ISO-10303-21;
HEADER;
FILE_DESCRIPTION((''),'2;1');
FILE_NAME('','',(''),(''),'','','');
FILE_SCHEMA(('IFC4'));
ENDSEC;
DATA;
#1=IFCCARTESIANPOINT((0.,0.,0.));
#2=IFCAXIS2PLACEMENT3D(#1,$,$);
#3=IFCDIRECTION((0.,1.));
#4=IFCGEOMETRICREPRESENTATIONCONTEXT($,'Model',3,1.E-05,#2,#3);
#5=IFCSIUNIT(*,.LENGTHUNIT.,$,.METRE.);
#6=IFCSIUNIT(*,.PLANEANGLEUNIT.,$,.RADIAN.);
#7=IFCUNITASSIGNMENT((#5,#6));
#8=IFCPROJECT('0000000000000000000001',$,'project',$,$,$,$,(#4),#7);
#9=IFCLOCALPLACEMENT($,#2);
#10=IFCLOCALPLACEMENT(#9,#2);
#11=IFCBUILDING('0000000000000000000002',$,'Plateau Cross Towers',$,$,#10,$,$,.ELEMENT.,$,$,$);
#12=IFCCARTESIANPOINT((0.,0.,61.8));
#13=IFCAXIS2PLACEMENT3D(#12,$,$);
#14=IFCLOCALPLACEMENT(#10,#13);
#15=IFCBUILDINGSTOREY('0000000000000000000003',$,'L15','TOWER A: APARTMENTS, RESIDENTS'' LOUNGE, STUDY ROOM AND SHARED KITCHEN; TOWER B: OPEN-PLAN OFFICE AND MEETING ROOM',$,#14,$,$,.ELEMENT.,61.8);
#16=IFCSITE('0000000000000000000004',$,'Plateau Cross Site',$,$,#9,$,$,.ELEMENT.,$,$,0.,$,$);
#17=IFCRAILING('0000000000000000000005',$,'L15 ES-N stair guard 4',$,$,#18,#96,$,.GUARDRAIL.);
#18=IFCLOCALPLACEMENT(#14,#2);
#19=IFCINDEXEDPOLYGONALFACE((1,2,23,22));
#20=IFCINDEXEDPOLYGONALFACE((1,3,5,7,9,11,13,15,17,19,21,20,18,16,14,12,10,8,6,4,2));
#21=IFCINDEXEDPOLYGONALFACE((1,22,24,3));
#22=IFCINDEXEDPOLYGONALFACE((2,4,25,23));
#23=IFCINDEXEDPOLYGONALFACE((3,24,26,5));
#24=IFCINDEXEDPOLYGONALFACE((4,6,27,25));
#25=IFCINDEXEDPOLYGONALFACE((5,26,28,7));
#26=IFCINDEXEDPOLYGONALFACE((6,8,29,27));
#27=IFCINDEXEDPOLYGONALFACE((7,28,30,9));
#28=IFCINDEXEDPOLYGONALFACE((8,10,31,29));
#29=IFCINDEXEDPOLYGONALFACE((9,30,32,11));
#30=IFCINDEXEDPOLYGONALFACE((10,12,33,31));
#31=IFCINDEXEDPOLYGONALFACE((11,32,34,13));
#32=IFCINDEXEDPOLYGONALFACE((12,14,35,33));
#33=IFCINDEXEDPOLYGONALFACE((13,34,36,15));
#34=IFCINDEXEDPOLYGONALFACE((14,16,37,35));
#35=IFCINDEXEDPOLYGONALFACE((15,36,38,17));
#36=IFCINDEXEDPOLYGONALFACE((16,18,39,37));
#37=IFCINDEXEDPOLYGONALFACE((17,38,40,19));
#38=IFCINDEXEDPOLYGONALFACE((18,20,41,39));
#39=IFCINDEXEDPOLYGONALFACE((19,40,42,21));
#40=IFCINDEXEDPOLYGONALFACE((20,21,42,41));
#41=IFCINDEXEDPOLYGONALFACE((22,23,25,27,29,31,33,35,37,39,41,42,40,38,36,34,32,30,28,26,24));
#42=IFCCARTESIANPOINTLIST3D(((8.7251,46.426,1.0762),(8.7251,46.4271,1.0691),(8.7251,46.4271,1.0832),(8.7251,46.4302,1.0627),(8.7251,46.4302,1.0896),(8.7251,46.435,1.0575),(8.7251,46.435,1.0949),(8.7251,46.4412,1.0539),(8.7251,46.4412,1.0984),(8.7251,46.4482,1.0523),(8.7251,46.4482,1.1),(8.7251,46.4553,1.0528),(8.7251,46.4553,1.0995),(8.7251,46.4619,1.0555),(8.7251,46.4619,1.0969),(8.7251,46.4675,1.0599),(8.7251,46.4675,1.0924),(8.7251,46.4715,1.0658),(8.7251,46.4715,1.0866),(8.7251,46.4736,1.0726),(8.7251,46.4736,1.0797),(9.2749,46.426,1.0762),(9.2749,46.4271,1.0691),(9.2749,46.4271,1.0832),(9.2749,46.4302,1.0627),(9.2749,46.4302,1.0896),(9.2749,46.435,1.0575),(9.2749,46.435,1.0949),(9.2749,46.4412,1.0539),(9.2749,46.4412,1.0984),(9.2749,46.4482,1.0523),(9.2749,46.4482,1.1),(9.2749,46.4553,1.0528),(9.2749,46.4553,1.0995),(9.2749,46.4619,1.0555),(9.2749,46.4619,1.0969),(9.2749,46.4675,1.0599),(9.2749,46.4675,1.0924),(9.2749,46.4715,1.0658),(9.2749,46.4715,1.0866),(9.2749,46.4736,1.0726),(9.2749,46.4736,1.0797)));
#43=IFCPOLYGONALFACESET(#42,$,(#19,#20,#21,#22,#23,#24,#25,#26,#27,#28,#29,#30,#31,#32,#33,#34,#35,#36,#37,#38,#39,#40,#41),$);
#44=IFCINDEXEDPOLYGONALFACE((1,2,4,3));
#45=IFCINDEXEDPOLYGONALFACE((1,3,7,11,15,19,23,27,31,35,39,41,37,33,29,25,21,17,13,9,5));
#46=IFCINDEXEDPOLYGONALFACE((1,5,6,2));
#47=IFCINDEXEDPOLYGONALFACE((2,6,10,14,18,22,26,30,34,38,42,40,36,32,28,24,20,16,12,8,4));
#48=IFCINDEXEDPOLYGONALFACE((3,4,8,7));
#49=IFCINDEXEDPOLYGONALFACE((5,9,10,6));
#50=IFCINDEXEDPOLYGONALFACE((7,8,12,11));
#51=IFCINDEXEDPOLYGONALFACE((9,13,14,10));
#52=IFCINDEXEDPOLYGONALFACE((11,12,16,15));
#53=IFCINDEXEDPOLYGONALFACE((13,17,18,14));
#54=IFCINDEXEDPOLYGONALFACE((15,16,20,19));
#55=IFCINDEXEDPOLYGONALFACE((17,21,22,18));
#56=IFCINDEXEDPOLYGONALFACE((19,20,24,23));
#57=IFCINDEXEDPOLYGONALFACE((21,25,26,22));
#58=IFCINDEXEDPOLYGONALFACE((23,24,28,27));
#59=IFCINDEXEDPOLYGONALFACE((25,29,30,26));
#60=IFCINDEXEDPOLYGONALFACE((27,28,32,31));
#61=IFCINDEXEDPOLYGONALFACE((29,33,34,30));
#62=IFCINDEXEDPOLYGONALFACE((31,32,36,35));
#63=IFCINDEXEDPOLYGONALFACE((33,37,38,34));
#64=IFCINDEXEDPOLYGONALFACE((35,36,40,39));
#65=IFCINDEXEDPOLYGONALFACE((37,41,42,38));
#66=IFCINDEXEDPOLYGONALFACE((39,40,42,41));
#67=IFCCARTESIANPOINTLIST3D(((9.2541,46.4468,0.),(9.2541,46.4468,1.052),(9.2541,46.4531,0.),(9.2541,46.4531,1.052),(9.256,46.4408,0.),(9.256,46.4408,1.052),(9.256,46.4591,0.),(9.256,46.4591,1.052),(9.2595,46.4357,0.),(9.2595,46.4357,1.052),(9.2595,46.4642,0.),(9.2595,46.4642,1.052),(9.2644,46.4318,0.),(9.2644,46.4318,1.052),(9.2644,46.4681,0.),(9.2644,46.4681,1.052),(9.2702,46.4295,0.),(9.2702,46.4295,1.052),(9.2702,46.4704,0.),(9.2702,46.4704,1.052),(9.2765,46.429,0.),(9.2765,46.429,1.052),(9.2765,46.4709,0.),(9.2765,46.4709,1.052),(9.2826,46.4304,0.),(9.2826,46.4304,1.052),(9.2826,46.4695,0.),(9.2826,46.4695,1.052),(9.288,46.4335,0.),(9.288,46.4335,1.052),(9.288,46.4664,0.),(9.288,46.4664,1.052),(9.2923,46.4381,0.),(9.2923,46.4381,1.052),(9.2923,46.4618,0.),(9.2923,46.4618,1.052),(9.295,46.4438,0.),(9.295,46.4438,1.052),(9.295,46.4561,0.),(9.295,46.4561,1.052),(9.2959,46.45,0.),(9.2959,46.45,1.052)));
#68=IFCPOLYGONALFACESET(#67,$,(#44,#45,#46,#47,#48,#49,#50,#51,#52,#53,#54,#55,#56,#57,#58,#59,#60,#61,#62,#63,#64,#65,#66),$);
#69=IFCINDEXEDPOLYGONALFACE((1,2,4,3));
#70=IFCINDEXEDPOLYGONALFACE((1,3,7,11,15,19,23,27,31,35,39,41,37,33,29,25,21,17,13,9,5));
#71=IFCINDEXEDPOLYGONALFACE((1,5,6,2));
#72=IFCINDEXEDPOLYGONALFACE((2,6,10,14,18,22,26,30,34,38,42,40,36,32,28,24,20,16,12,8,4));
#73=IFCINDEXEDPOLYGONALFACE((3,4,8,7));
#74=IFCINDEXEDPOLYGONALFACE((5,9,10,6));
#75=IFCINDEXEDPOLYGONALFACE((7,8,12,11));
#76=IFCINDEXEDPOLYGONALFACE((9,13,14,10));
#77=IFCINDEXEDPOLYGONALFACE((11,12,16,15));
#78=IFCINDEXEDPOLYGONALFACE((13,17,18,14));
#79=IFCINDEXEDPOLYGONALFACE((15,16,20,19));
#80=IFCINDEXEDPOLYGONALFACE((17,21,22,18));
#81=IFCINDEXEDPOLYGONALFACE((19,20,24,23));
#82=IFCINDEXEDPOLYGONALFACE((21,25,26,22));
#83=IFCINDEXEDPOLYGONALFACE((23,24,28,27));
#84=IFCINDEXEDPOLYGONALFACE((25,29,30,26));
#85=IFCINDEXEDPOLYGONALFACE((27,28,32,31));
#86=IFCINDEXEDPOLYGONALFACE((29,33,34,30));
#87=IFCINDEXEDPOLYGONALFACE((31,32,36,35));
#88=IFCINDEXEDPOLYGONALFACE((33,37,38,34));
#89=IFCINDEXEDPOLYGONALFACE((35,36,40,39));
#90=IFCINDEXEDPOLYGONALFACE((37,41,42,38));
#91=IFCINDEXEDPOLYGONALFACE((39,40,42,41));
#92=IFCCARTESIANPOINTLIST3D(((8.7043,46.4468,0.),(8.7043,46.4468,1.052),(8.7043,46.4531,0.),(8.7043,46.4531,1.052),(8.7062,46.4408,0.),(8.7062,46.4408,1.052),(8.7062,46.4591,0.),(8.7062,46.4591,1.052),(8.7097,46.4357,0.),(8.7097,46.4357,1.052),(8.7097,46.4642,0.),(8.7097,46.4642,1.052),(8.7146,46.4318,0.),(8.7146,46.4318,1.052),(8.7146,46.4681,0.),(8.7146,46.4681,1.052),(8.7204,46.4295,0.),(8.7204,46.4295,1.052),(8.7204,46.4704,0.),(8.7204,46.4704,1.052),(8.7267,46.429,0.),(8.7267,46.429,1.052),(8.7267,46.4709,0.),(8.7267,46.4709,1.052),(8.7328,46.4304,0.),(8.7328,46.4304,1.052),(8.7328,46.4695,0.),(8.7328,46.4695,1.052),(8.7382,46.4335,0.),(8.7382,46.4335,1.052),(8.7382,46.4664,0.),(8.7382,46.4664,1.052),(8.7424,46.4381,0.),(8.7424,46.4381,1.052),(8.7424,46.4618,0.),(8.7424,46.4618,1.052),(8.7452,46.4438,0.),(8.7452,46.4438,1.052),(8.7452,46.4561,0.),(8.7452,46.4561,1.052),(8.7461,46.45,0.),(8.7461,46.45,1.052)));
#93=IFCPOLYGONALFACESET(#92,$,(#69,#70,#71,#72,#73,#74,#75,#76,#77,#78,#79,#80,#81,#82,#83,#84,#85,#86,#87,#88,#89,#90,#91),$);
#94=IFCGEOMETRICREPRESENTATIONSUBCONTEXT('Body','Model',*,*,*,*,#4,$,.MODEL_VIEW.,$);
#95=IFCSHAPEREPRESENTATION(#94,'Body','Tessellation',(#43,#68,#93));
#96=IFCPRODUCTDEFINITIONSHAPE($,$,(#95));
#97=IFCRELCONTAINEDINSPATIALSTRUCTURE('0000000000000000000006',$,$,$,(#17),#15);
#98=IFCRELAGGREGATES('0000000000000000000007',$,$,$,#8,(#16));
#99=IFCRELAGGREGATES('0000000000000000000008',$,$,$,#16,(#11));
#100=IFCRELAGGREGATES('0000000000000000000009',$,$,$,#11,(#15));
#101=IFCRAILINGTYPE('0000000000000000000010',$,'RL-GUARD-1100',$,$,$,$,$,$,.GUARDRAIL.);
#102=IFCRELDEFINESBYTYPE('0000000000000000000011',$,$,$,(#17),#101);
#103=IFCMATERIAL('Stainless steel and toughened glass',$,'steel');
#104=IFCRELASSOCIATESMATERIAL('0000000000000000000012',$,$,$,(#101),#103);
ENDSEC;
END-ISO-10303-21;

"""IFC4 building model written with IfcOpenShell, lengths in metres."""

from ifc_helpers import new_model, si_unit, direction, frame, origin, origin_2d, place, context, subcontext, project, spatial, circle, extrude, material, type_object, element, save


model = new_model("IFC4")

# Units and contexts
model_context = context("Model", 3, precision=1e-05, world=origin(), true_north=direction((0.0, 1.0)))
body_context = subcontext(model_context, "Body", "Model", "MODEL_VIEW")
ifc_project = project(units=[si_unit("LENGTHUNIT", "METRE"), si_unit("PLANEANGLEUNIT", "RADIAN")], contexts=[model_context])

# Site, building, storey
site_placement = place(None, origin())
site = spatial("IfcSite", under=ifc_project, at=site_placement, Name="Plateau Cross Site", CompositionType="ELEMENT", RefElevation=0.0)
building_placement = place(site_placement, origin())
building = spatial("IfcBuilding", under=site, at=building_placement, Name="Plateau Cross Towers", CompositionType="ELEMENT")
storey_placement = place(building_placement, frame((0.0, 0.0, 61.8)))
storey = spatial("IfcBuildingStorey", under=building, at=storey_placement, Name="L15", Description="TOWER A: APARTMENTS, RESIDENTS' LOUNGE, STUDY ROOM AND SHARED KITCHEN; TOWER B: OPEN-PLAN OFFICE AND MEETING ROOM", CompositionType="ELEMENT", Elevation=61.8)

# Railing
ifc_material_1 = material(Name="Stainless steel and toughened glass", Category="steel")
railing_type_1 = type_object("IfcRailingType", Name="RL-GUARD-1100", PredefinedType="GUARDRAIL", material=ifc_material_1)
railing_1_placement = place(storey_placement, frame((9.2749, 46.45, 0.0)))
element("IfcRailing", 1, at=railing_1_placement, inside=storey, type_object=railing_type_1, Name="L15 ES-N stair guard 4", PredefinedType="GUARDRAIL", context=body_context, shape_type="SweptSolid", body=[
    extrude(circle(Radius=0.0239, at=origin_2d()), frame((0.0, 0.0, 1.0762), z_axis=(-1.0, 0.0, 0.0), x_axis=(0.0, -1.0, 0.0)), (0.0, 0.0, 1.0), 0.5498),
    extrude(circle(Radius=0.021, at=origin_2d()), origin(), (0.0, 0.0, 1.0), 1.052),
    extrude(circle(Radius=0.021, at=origin_2d()), frame((-0.5498, 0.0, 0.0)), (0.0, 0.0, 1.0), 1.052),
])

save(model, "model.ifc")
